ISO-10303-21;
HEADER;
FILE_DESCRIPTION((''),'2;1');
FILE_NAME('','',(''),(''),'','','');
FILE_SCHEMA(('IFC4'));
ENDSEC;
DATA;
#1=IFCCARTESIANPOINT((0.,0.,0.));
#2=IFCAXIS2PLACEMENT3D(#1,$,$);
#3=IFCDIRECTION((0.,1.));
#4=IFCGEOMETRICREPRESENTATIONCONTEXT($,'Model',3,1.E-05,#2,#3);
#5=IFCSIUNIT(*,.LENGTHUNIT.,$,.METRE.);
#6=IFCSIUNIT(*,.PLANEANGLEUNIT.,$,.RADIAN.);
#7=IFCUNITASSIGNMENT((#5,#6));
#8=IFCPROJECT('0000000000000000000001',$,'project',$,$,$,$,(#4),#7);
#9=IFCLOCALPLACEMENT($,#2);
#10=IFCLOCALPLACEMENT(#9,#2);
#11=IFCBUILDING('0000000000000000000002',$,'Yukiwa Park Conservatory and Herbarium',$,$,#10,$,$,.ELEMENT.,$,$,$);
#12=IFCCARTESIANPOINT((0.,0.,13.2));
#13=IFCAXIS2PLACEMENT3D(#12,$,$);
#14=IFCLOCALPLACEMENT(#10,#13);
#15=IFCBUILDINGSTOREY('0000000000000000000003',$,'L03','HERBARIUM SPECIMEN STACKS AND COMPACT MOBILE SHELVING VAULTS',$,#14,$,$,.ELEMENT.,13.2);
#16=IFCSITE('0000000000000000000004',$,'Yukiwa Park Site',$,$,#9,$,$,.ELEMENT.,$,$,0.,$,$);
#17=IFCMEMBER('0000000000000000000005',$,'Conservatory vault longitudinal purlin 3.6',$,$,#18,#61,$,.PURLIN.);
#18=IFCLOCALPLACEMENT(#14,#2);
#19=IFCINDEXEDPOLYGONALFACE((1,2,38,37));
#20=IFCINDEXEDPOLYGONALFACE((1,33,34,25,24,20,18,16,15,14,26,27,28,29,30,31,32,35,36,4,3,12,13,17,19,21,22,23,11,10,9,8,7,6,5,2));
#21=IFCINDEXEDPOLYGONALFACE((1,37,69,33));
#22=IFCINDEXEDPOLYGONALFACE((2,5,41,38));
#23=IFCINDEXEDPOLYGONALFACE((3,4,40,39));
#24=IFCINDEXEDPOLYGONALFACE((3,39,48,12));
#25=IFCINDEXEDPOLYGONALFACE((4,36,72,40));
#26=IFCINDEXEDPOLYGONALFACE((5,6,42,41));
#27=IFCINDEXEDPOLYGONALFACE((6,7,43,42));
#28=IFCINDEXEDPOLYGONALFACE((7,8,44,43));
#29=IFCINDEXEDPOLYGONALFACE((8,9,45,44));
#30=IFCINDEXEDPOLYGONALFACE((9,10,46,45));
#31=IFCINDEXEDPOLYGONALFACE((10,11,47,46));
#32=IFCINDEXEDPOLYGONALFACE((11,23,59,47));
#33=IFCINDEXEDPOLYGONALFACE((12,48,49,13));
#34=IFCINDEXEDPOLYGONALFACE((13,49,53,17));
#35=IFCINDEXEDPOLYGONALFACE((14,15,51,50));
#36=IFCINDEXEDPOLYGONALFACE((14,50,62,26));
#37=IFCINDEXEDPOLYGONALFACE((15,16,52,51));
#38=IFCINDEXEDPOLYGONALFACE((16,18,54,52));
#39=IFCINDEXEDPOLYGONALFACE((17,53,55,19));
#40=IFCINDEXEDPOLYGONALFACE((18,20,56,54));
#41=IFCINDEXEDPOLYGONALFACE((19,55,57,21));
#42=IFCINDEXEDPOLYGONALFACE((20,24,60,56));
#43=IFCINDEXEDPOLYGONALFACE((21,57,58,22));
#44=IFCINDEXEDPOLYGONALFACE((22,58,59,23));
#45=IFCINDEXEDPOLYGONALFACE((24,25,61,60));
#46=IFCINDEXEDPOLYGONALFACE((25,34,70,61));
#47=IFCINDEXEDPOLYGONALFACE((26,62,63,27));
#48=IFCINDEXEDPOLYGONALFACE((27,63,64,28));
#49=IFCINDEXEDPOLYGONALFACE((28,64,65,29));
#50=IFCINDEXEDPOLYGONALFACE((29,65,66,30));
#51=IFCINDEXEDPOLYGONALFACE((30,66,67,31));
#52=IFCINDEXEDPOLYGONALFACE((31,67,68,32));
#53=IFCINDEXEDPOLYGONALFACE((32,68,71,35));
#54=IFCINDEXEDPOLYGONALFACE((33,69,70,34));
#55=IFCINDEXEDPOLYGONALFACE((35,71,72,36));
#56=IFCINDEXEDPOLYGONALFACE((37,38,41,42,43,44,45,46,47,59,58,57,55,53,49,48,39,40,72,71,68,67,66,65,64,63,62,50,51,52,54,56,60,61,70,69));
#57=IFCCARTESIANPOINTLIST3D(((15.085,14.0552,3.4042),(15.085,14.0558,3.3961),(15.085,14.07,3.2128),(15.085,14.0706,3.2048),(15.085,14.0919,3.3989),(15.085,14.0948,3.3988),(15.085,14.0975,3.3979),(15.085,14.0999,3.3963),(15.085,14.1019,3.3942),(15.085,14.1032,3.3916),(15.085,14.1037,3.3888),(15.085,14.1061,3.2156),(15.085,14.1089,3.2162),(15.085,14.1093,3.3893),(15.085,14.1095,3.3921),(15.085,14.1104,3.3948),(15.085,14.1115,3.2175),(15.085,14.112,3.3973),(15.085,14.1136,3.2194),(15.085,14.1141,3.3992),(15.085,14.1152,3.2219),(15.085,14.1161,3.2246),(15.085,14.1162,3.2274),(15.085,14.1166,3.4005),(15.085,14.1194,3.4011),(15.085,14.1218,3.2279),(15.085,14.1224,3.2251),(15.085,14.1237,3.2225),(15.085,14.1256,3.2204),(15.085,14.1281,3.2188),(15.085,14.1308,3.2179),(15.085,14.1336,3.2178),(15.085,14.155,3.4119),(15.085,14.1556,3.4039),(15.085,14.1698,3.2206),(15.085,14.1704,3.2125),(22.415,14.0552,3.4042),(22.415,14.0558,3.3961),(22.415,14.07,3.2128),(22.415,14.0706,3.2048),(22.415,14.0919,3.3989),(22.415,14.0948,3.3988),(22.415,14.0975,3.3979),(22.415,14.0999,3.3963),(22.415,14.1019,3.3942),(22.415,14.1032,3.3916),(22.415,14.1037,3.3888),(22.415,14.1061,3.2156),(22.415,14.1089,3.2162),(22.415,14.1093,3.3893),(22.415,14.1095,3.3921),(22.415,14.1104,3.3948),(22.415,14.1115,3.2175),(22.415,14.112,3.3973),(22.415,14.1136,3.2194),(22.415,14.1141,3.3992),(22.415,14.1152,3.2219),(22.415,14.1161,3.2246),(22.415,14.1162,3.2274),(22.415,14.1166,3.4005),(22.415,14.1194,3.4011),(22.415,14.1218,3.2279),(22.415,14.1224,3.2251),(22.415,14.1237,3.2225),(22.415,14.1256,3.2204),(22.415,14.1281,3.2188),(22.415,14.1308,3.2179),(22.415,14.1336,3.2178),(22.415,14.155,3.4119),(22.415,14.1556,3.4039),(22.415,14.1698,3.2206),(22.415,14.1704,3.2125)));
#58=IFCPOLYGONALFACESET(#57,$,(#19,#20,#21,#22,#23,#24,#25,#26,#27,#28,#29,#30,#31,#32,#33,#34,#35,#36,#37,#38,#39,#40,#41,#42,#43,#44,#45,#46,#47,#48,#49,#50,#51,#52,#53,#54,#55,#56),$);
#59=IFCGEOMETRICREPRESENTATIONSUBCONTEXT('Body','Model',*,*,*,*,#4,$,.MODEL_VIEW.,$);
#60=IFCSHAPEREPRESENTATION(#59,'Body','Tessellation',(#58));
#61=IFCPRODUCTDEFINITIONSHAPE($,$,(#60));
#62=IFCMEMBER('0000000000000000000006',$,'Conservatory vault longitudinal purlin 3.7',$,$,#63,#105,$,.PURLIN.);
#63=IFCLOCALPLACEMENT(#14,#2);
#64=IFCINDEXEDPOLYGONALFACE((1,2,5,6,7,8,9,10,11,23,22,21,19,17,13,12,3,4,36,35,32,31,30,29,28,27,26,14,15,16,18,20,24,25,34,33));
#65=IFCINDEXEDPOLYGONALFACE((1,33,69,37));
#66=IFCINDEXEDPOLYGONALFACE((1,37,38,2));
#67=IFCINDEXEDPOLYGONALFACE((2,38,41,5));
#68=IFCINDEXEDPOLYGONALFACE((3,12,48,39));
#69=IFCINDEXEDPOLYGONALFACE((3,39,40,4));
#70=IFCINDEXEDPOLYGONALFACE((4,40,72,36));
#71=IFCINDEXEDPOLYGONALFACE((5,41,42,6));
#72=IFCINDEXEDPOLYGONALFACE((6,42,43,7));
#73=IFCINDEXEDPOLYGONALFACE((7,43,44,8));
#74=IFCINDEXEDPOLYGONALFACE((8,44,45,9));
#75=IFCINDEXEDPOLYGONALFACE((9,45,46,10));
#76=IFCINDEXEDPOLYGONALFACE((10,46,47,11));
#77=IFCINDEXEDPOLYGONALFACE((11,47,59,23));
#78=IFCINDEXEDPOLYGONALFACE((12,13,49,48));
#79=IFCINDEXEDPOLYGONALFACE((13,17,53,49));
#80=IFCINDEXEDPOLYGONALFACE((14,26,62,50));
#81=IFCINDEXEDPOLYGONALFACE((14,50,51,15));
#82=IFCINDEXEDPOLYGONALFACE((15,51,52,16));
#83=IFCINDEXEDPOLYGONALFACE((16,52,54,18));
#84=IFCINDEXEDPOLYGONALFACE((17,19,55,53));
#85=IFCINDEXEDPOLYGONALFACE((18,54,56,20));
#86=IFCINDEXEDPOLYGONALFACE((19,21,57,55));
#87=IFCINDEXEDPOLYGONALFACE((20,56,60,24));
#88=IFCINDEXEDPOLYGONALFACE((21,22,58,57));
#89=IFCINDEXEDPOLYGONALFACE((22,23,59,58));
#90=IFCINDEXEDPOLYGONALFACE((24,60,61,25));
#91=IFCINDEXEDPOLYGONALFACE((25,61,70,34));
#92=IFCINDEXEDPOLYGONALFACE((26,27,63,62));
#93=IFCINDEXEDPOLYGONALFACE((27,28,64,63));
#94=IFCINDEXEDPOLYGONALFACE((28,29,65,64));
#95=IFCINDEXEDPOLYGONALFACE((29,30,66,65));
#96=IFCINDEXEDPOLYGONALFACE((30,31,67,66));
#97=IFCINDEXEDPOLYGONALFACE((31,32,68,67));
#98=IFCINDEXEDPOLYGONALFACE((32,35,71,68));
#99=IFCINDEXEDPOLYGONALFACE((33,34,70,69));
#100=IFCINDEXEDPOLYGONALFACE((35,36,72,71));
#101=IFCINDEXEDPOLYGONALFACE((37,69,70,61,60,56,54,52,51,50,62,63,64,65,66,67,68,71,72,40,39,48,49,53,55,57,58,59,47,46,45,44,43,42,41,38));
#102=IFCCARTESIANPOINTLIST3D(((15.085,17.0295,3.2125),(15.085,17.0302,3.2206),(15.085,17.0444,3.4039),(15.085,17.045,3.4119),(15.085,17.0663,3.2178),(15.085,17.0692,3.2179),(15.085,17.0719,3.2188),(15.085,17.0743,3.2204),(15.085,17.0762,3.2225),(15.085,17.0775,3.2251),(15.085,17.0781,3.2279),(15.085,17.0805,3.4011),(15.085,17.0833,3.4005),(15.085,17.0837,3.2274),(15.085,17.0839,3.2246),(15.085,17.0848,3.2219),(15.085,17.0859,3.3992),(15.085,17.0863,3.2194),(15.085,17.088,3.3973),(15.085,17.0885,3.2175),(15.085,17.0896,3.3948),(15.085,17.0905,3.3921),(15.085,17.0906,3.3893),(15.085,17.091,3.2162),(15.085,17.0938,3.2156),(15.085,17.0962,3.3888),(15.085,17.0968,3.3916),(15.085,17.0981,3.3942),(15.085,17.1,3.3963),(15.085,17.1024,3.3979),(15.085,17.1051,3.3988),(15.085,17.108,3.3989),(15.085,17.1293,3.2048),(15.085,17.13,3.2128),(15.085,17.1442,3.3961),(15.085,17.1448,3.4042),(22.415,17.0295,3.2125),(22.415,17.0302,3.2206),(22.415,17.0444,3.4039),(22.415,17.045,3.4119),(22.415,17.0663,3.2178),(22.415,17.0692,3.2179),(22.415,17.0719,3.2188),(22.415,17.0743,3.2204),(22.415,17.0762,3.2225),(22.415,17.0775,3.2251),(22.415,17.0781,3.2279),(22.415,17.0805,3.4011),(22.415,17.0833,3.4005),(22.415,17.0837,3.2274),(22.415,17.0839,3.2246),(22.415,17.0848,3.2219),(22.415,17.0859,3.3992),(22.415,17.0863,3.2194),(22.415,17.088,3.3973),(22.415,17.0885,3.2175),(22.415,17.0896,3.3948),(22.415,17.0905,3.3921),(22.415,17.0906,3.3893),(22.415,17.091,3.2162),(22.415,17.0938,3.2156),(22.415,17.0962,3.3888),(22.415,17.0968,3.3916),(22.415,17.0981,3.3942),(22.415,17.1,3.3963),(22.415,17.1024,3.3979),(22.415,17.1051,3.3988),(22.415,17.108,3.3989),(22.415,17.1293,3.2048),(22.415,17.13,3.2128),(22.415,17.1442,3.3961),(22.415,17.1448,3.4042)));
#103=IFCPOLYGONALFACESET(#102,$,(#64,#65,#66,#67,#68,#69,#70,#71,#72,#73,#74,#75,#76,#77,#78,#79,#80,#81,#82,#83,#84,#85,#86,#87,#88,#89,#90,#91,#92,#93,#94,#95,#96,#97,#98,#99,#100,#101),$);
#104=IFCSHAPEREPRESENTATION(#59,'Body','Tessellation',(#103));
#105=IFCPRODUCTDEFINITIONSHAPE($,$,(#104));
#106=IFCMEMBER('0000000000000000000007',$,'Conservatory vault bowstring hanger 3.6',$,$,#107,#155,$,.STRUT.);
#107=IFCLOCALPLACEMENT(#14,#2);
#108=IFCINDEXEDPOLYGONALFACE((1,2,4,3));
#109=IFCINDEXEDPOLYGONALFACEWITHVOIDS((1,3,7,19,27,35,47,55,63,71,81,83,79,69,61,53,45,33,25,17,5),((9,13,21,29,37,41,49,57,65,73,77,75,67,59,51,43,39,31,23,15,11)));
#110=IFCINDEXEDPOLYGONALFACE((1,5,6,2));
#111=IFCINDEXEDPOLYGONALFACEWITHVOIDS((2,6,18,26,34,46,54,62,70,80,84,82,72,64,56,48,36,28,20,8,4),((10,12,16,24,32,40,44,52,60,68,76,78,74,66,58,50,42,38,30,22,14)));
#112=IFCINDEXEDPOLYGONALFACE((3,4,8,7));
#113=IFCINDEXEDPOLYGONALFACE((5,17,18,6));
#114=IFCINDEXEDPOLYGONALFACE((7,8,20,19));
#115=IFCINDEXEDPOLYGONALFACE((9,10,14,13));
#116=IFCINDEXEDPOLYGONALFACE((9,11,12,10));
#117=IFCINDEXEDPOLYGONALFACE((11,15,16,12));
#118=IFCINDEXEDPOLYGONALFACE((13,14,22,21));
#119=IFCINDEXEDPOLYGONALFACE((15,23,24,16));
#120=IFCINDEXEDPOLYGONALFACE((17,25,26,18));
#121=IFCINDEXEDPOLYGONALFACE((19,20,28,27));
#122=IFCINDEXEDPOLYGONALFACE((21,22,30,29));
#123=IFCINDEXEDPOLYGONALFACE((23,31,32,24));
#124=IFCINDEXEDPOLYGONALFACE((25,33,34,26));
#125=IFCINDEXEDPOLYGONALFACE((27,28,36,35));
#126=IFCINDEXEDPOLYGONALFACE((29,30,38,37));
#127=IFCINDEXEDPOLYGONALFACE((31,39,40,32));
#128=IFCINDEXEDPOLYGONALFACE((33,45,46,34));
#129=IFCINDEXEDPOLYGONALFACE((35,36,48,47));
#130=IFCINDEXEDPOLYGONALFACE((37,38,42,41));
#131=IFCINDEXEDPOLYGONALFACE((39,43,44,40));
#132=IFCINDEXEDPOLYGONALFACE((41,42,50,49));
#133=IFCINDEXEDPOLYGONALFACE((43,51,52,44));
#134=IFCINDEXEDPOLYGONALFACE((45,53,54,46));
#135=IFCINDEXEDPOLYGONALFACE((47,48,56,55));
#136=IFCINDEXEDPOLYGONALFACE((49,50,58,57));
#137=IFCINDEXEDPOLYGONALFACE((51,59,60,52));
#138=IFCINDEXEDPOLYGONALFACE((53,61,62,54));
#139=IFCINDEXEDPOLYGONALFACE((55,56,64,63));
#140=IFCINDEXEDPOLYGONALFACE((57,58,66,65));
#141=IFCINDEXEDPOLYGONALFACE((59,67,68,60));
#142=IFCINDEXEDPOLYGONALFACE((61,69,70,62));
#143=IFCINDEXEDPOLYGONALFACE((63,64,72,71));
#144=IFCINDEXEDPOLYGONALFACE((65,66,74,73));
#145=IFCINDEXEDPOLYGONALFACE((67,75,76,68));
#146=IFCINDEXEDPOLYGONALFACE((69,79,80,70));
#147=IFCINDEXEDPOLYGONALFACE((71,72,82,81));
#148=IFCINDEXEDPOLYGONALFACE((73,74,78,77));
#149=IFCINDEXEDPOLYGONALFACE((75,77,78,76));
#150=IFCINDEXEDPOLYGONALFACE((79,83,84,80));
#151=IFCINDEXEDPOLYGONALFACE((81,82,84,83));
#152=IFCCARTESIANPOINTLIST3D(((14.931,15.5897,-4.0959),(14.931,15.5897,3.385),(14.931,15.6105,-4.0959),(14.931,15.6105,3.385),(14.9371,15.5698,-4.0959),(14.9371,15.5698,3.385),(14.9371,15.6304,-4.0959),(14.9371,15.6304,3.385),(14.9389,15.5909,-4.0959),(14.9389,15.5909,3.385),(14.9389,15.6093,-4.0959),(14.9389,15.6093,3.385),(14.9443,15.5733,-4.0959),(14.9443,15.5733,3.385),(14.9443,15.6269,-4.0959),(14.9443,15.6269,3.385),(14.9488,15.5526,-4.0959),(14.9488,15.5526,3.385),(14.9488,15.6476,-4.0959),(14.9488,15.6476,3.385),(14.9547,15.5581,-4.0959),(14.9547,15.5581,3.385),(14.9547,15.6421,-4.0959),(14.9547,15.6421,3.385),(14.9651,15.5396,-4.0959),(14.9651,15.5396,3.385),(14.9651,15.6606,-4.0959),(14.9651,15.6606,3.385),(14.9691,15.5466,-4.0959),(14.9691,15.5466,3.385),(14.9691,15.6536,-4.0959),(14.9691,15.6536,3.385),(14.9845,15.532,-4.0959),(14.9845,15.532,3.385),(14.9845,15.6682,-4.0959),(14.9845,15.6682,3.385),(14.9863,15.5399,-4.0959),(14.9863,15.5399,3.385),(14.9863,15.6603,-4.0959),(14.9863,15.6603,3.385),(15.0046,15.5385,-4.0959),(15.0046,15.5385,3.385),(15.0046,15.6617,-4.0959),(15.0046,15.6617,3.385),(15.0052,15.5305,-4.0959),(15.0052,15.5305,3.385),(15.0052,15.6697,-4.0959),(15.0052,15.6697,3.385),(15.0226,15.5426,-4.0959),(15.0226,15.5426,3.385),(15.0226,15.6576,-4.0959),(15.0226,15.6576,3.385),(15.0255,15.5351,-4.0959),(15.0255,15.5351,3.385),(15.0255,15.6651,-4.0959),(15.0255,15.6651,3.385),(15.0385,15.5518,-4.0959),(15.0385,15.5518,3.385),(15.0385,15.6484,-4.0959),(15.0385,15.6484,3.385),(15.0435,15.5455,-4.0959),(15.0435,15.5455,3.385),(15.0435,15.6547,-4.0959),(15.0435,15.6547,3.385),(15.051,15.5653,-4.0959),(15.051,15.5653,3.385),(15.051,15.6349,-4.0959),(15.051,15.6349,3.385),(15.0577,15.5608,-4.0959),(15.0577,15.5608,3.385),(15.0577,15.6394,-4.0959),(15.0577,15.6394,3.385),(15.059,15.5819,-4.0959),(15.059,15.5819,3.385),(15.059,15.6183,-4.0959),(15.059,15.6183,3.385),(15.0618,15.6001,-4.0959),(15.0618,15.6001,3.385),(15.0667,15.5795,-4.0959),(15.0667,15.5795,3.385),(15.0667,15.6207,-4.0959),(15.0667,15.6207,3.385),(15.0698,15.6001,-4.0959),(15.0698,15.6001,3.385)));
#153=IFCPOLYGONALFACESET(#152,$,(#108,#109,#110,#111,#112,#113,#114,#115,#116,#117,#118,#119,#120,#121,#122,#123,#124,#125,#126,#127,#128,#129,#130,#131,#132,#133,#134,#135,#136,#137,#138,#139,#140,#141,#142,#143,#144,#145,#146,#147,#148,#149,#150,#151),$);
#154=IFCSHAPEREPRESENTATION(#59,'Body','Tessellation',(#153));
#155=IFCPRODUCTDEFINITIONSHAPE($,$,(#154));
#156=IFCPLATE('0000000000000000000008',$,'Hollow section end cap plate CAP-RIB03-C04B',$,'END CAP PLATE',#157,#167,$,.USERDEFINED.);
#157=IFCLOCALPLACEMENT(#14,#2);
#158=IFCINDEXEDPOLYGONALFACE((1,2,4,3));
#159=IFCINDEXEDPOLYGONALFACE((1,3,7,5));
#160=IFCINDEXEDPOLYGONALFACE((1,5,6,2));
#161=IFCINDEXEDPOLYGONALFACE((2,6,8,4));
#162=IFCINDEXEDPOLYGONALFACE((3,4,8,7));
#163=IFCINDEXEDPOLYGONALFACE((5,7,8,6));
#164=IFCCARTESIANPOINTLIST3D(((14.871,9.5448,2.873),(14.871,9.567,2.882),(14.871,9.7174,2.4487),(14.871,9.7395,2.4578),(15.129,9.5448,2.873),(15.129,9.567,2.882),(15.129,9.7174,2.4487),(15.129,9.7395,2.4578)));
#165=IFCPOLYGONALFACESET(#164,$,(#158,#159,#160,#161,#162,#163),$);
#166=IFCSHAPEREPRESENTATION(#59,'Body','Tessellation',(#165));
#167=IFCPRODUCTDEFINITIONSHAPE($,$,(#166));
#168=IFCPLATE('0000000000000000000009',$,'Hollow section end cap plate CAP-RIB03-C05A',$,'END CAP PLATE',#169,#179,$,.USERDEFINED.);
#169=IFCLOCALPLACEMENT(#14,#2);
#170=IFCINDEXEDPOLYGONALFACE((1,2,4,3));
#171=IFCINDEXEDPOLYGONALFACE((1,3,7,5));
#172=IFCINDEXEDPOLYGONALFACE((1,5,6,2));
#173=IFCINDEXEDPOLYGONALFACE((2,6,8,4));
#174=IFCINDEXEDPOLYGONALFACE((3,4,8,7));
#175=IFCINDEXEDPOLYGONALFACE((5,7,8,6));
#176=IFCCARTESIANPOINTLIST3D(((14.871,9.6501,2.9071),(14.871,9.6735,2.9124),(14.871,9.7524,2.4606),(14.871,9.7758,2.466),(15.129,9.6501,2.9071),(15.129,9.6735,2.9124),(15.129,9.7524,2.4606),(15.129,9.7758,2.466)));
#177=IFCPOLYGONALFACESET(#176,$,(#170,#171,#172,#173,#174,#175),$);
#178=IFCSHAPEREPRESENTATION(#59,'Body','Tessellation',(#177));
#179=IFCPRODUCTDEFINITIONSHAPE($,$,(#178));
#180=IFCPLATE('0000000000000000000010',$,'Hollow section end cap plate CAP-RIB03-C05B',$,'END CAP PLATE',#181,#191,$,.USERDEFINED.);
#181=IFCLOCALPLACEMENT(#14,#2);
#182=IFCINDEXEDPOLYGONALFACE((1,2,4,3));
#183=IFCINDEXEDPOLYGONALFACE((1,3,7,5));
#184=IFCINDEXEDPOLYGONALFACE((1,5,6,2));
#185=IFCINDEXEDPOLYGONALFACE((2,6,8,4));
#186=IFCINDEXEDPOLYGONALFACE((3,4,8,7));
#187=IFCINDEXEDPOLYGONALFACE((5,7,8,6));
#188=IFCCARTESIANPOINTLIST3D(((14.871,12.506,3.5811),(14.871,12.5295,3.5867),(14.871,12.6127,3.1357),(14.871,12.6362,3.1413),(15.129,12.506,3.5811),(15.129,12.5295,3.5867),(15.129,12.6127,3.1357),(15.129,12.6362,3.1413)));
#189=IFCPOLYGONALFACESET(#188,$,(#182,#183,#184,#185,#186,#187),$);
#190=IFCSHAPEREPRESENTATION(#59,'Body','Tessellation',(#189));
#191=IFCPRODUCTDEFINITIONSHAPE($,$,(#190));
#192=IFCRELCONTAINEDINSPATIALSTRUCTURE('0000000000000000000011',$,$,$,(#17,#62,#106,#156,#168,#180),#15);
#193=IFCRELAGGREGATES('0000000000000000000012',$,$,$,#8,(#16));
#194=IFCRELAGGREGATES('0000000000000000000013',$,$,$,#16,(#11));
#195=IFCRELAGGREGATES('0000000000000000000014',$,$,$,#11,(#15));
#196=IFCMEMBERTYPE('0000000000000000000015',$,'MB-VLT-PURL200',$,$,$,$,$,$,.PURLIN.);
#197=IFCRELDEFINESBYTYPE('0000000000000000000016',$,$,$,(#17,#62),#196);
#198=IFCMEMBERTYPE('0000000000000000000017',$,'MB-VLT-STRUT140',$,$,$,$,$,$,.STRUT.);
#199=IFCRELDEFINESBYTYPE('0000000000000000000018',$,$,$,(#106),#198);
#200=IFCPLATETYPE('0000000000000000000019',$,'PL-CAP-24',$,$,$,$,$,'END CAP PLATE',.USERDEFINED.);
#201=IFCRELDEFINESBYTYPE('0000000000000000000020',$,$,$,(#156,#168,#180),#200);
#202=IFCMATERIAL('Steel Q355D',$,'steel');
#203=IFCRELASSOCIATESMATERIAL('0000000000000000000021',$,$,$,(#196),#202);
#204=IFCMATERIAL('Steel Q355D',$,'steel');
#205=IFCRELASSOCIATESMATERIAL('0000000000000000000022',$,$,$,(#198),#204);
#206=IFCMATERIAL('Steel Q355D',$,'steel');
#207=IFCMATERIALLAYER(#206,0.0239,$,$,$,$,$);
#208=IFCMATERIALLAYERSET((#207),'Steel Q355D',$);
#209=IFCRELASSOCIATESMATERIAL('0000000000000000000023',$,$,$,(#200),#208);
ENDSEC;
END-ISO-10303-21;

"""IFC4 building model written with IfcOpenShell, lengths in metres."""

from ifc_helpers import new_model, si_unit, direction, frame, origin, origin_2d, place, context, subcontext, project, spatial, rectangle, hollow_circle, i_section, extrude, material, layer, layer_set, material_profile, profile_set, type_object, element, save


model = new_model("IFC4")

# Units and contexts
model_context = context("Model", 3, precision=1e-05, world=origin(), true_north=direction((0.0, 1.0)))
body_context = subcontext(model_context, "Body", "Model", "MODEL_VIEW")
ifc_project = project(units=[si_unit("LENGTHUNIT", "METRE"), si_unit("PLANEANGLEUNIT", "RADIAN")], contexts=[model_context])

# Site, building, storey
site_placement = place(None, origin())
site = spatial("IfcSite", under=ifc_project, at=site_placement, Name="Yukiwa Park Site", CompositionType="ELEMENT", RefElevation=0.0)
building_placement = place(site_placement, origin())
building = spatial("IfcBuilding", under=site, at=building_placement, Name="Yukiwa Park Conservatory and Herbarium", CompositionType="ELEMENT")
storey_placement = place(building_placement, frame((0.0, 0.0, 13.2)))
storey = spatial("IfcBuildingStorey", under=building, at=storey_placement, Name="L03", Description="HERBARIUM SPECIMEN STACKS AND COMPACT MOBILE SHELVING VAULTS", CompositionType="ELEMENT", Elevation=13.2)

# Members
ifc_material_1 = material(Name="Steel Q355D", Category="steel")
ifc_material_profile_1 = material_profile(ifc_material_1, i_section(OverallWidth=0.1001, OverallDepth=0.2, WebThickness=0.0056, FlangeThickness=0.0081, FilletRadius=0.011, at=origin_2d()), Name="HN 200x100x5.5x8")
ifc_profile_set_1 = profile_set([ifc_material_profile_1], Name="Steel Q355D")
member_type_1 = type_object("IfcMemberType", Name="MB-VLT-PURL200", PredefinedType="PURLIN", material=ifc_profile_set_1)
for number, where, z_axis, x_axis, name in (
    (1, (15.085, 14.1128, 3.3083), (1.0, 0.0, 0.0), (0.0, 0.997016, 0.077198), "Conservatory vault longitudinal purlin 3.6"),
    (2, (15.085, 17.0872, 3.3083), (1.0, 0.0, 0.0), (0.0, 0.997016, -0.077198), "Conservatory vault longitudinal purlin 3.7"),
):
    element("IfcMember", number, at=place(storey_placement, frame(where, z_axis=z_axis, x_axis=x_axis)), inside=storey, type_object=member_type_1, Name=name, PredefinedType="PURLIN", context=body_context, shape_type="SweptSolid", body=[
        extrude(i_section(OverallWidth=0.1001, OverallDepth=0.2, WebThickness=0.0056, FlangeThickness=0.0081, FilletRadius=0.011, at=origin_2d()), origin(), (0.0, 0.0, 1.0), 7.3301),
    ])
ifc_material_2 = material(Name="Steel Q355D", Category="steel")
ifc_material_profile_2 = material_profile(ifc_material_2, hollow_circle(Radius=0.0698, WallThickness=0.0081, at=origin_2d()), Name="CHS 139.7x8")
ifc_profile_set_2 = profile_set([ifc_material_profile_2], Name="Steel Q355D")
member_type_2 = type_object("IfcMemberType", Name="MB-VLT-STRUT140", PredefinedType="STRUT", material=ifc_profile_set_2)
member_placement = place(storey_placement, frame((15.0, 15.6001, -4.0959), z_axis=(0.0, 0.0, 1.0), x_axis=(1.0, 0.0, 0.0)))
element("IfcMember", 3, at=member_placement, inside=storey, type_object=member_type_2, Name="Conservatory vault bowstring hanger 3.6", PredefinedType="STRUT", context=body_context, shape_type="SweptSolid", body=[
    extrude(hollow_circle(Radius=0.0698, WallThickness=0.0081, at=origin_2d()), origin(), (0.0, 0.0, 1.0), 7.481),
])

# Plates
ifc_material_3 = material(Name="Steel Q355D", Category="steel")
ifc_layer_1 = layer(ifc_material_3, 0.0239)
ifc_layer_set_1 = layer_set([ifc_layer_1], Name="Steel Q355D")
plate_type_1 = type_object("IfcPlateType", Name="PL-CAP-24", ElementType="END CAP PLATE", PredefinedType="USERDEFINED", material=ifc_layer_set_1)
for number, where, z_axis, x_axis, name in (
    (4, (15.0, 9.6311, 2.6609), (0.0, 0.926356, 0.37665), (-1.0, 0.0, 0.0), "Hollow section end cap plate CAP-RIB03-C04B"),
    (5, (15.0, 9.7246, 2.6892), (0.0, -0.974732, -0.223376), (1.0, 0.0, 0.0), "Hollow section end cap plate CAP-RIB03-C05A"),
):
    element("IfcPlate", number, at=place(storey_placement, frame(where, z_axis=z_axis, x_axis=x_axis)), inside=storey, type_object=plate_type_1, Name=name, ObjectType="END CAP PLATE", PredefinedType="USERDEFINED", context=body_context, shape_type="SweptSolid", body=[
        extrude(rectangle(XDim=0.2581, YDim=0.458, at=origin_2d()), origin(), (0.0, 0.0, 1.0), 0.0239),
    ])
plate_1_placement = place(storey_placement, frame((15.0, 12.5593, 3.3584), z_axis=(0.0, 0.972479, 0.23299), x_axis=(-1.0, 0.0, 0.0)))
element("IfcPlate", 6, at=plate_1_placement, inside=storey, type_object=plate_type_1, Name="Hollow section end cap plate CAP-RIB03-C05B", ObjectType="END CAP PLATE", PredefinedType="USERDEFINED", context=body_context, shape_type="SweptSolid", body=[
    extrude(rectangle(XDim=0.2581, YDim=0.458, at=origin_2d()), origin(), (0.0, 0.0, 1.0), 0.0242),
])

save(model, "model.ifc")
